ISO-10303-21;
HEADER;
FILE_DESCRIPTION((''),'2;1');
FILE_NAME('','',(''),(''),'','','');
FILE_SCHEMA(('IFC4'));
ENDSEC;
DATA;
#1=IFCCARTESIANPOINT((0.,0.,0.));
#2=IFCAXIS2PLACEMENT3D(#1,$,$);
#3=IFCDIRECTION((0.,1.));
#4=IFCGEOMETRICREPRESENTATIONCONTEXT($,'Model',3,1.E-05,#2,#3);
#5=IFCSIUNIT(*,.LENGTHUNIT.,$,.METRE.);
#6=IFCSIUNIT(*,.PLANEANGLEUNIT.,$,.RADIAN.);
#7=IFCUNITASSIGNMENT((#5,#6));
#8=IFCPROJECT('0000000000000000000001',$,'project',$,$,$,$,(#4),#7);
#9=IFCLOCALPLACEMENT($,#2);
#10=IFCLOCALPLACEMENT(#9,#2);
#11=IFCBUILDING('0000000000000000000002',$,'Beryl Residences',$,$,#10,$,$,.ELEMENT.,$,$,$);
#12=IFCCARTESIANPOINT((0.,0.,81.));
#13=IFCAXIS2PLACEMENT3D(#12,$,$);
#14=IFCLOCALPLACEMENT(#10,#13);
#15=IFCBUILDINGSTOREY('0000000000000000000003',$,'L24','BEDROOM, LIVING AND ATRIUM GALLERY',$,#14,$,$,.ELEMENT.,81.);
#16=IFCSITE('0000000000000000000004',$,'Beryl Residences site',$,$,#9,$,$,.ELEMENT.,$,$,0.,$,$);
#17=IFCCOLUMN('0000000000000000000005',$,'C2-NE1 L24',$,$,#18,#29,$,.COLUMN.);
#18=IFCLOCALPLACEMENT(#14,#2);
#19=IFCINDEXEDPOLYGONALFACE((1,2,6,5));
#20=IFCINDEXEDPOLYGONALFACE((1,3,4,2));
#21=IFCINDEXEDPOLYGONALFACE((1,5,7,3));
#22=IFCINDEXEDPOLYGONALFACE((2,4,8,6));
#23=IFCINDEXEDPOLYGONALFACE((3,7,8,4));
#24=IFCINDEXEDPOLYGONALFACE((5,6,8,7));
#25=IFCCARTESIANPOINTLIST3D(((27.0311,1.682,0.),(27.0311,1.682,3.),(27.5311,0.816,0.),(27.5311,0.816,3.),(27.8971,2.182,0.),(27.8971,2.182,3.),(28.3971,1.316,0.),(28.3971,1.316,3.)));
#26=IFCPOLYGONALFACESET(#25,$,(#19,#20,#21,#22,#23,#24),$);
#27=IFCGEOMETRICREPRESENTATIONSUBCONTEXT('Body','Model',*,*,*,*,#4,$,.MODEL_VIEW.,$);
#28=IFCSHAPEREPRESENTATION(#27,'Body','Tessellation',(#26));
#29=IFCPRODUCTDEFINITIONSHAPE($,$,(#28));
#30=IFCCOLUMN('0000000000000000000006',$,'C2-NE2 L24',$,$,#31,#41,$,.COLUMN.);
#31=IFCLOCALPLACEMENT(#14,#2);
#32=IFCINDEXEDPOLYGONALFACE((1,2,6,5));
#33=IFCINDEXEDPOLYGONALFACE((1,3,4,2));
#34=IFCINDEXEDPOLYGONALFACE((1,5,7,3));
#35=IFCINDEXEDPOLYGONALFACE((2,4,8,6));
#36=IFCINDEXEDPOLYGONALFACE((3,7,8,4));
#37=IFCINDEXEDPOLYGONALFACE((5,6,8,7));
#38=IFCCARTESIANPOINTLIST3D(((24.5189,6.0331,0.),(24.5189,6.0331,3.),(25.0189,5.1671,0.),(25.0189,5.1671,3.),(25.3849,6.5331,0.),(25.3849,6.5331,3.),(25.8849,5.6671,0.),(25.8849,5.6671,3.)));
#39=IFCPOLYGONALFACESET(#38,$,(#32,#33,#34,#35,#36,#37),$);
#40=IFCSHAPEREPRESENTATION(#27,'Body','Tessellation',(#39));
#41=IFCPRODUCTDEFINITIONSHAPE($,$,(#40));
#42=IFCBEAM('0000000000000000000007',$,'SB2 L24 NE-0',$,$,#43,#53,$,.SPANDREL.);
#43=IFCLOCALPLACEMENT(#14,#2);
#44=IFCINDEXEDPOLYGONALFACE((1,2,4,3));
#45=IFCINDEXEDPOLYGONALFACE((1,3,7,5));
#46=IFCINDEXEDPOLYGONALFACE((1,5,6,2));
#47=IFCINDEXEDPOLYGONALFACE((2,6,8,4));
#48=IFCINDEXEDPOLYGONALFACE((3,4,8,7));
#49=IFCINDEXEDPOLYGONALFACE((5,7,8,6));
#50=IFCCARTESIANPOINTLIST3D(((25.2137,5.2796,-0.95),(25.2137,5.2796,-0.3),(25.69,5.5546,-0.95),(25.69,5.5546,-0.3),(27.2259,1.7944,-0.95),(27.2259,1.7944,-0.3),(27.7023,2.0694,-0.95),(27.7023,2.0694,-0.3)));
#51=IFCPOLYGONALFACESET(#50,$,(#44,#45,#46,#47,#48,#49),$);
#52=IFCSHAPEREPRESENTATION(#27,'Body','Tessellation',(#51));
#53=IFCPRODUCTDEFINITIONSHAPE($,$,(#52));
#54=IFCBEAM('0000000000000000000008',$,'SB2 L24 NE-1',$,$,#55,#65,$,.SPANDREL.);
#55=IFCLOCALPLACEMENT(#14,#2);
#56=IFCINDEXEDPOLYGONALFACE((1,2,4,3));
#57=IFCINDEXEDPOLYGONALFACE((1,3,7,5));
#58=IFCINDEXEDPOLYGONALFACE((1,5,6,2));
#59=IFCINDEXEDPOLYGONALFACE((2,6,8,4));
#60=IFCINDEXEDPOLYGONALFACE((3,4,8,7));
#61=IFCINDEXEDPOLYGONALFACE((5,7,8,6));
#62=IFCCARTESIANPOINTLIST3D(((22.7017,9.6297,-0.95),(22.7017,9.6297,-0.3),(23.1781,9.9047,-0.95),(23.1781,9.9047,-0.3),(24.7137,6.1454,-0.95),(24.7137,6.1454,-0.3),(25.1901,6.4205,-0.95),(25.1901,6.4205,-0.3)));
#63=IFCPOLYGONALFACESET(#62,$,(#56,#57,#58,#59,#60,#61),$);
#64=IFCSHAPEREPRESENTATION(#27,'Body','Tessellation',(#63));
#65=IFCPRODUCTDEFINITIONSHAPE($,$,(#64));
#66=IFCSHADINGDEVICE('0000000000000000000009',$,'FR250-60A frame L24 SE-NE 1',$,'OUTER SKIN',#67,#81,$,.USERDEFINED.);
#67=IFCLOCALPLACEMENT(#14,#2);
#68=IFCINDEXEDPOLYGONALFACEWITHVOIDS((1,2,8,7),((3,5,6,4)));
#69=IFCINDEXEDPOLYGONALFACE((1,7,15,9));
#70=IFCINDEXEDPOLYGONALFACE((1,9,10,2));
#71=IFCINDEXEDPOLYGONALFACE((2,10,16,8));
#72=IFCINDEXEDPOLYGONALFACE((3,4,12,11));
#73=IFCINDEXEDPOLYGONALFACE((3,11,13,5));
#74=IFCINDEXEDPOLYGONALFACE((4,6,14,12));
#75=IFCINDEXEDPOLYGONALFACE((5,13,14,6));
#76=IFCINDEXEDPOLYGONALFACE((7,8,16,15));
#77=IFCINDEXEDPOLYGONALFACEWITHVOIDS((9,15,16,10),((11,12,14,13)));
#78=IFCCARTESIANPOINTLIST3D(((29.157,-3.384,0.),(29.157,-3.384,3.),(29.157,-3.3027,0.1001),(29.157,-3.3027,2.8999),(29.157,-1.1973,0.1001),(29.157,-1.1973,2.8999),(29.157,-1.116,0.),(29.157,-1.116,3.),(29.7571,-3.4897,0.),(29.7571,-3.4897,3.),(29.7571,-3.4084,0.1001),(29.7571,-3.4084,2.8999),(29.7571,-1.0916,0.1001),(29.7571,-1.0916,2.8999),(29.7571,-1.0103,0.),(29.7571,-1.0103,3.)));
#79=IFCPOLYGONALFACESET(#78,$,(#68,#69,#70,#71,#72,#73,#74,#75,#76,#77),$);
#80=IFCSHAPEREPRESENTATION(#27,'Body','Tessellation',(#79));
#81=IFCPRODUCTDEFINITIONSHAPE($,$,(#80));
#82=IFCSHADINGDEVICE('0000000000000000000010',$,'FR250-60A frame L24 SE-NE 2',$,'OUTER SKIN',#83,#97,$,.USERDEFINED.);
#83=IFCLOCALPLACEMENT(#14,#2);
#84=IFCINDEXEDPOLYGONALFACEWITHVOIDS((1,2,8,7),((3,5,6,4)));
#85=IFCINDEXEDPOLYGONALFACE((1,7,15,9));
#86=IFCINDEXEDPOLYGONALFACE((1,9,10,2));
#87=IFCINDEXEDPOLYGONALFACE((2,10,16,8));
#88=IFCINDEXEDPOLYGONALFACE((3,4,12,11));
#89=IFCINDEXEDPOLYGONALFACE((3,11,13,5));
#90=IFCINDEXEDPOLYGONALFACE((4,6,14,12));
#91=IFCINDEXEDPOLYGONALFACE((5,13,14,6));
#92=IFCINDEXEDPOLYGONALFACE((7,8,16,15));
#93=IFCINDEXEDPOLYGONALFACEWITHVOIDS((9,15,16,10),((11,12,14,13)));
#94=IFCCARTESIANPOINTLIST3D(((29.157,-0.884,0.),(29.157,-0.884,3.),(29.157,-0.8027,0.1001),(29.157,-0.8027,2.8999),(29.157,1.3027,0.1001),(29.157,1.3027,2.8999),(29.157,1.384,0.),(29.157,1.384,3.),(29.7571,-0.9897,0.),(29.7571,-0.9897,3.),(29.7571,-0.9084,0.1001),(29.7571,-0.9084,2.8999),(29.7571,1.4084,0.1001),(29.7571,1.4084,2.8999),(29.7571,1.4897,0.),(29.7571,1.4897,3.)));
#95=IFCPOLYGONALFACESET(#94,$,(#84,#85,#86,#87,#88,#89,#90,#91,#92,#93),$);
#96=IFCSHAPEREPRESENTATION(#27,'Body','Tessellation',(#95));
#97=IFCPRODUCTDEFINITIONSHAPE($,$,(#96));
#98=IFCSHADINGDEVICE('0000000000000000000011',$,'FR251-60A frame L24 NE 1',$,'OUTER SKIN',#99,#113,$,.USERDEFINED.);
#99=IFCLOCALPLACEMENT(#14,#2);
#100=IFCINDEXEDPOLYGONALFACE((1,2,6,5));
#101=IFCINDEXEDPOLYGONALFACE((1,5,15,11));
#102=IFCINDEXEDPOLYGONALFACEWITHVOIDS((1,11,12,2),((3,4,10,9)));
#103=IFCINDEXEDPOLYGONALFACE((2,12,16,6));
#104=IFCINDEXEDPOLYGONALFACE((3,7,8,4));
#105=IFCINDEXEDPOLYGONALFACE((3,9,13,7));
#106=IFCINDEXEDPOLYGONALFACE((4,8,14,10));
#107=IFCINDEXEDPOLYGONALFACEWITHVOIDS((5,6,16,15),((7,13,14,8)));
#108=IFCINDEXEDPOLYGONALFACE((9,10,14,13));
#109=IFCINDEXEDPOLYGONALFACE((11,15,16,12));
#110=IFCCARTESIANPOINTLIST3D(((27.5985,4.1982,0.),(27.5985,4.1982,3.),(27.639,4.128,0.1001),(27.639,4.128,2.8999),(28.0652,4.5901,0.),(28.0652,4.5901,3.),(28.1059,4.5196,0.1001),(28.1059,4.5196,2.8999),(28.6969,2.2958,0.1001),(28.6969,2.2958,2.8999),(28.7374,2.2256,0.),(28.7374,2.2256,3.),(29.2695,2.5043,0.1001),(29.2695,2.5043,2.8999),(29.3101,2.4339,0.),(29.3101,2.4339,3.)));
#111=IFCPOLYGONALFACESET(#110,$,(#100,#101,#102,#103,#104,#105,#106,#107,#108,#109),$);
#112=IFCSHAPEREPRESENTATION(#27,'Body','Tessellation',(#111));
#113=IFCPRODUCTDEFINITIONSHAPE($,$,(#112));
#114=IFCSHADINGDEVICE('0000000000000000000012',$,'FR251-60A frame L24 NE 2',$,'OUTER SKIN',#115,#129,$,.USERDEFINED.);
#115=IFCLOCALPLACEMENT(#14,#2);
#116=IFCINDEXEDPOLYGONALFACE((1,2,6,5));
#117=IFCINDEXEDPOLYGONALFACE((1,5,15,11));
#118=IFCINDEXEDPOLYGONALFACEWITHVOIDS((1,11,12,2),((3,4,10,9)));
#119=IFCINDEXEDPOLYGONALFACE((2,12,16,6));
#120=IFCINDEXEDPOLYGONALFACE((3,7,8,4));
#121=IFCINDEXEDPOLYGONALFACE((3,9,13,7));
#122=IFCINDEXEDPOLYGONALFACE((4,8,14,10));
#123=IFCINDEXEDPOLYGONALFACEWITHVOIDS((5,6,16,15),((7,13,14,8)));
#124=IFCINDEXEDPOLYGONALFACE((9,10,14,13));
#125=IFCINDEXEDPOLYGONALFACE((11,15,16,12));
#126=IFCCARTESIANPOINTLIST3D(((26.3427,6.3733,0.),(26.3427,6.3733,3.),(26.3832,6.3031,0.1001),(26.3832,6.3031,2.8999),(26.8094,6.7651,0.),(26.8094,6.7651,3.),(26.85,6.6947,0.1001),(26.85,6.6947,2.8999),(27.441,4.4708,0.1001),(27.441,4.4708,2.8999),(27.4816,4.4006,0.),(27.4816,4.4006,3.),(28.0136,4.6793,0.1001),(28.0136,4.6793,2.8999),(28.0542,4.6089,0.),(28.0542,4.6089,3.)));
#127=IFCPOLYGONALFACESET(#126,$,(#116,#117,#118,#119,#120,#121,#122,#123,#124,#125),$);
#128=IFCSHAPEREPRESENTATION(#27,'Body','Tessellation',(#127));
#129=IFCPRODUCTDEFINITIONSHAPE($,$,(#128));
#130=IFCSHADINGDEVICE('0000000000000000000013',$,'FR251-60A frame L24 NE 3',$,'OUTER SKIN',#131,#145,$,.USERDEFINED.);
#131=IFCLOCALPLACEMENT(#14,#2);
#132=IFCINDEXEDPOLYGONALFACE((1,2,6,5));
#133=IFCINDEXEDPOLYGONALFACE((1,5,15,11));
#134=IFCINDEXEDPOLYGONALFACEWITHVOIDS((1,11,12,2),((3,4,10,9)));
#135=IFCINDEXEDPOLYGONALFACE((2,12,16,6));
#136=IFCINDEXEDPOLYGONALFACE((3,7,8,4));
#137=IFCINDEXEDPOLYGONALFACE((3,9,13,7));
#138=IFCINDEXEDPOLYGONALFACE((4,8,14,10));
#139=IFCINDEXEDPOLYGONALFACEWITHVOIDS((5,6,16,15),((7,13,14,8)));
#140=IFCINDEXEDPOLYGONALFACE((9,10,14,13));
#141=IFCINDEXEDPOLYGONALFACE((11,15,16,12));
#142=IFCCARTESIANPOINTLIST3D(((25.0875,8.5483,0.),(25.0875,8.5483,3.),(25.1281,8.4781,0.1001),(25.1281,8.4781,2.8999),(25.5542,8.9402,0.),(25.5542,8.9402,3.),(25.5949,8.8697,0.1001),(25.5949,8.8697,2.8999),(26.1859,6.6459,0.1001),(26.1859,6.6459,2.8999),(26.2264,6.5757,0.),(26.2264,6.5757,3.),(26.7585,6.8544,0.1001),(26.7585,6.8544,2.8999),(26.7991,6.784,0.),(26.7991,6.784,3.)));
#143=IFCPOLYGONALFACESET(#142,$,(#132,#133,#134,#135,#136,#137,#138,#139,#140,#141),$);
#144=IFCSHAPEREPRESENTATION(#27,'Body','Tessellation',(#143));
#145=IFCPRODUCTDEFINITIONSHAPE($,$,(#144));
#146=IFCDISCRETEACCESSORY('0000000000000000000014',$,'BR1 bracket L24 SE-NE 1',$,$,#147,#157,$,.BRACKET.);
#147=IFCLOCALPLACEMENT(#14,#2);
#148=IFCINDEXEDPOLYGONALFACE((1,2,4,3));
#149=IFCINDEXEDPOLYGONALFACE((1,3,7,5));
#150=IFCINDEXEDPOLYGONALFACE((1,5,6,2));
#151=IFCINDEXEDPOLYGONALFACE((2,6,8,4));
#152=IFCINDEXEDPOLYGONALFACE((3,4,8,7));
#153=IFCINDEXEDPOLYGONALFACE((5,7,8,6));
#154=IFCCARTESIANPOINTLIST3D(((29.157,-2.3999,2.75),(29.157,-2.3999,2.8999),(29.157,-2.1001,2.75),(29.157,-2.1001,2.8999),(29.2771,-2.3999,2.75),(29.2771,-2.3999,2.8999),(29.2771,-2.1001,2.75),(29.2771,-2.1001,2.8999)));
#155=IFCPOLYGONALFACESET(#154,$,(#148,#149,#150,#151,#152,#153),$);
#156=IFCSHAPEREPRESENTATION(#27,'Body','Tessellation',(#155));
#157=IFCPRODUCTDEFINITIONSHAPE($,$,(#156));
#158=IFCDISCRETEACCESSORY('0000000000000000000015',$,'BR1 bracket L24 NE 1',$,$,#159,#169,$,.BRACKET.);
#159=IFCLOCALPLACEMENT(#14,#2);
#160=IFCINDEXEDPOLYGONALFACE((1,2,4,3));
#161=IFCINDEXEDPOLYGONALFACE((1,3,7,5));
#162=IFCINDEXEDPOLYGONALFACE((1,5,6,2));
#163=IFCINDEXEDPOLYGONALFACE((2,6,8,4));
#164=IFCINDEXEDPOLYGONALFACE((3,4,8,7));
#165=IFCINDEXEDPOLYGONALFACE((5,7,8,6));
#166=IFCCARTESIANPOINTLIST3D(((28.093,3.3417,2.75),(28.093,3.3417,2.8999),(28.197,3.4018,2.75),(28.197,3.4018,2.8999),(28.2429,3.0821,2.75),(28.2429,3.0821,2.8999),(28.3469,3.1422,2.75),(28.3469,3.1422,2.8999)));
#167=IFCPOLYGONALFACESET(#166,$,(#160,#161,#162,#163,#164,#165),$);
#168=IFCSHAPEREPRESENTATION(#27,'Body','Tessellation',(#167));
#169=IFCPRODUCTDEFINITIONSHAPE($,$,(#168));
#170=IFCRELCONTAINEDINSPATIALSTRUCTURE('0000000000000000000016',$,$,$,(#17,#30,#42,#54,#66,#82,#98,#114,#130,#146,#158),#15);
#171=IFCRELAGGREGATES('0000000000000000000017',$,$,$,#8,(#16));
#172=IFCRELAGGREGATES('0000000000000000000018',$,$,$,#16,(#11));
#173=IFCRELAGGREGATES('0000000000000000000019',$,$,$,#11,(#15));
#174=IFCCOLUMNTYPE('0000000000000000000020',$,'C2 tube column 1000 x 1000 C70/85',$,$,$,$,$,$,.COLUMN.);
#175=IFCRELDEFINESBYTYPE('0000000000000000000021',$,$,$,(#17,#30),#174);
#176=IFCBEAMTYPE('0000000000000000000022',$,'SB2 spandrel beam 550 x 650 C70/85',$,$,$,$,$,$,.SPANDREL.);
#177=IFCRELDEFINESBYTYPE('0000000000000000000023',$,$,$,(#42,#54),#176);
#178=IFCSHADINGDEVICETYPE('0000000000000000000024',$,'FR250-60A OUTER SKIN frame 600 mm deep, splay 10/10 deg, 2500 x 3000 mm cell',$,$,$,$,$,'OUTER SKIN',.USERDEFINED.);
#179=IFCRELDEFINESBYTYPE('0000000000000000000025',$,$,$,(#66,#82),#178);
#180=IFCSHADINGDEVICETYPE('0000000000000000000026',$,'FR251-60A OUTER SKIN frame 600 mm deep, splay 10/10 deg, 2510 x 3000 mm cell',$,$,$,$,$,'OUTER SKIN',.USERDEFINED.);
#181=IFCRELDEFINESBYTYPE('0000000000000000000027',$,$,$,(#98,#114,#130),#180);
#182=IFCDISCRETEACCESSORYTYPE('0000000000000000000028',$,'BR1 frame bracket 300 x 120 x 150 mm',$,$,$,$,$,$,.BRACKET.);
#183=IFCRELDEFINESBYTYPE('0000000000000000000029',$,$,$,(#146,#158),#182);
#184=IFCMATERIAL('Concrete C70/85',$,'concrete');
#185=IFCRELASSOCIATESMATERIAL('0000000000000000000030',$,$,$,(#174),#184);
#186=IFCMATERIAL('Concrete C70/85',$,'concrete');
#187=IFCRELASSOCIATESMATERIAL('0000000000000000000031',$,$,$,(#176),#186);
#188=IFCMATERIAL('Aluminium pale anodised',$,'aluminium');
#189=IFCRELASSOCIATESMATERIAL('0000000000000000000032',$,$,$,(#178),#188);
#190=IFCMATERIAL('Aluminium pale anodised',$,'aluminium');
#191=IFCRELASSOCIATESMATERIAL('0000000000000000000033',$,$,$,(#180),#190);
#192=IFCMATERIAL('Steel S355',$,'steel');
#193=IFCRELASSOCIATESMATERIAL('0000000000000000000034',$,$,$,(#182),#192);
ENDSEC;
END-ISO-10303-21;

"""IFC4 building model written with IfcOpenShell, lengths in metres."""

from ifc_helpers import new_model, entity, si_unit, direction, frame, origin, origin_2d, place, context, subcontext, project, spatial, polyline, rectangle, outline, extrude, source, transform, mapped, material, material_profile, profile_set, type_object, type_shapes, element, save


model = new_model("IFC4")

# Units and contexts
model_context = context("Model", 3, precision=1e-05, world=origin(), true_north=direction((0.0, 1.0)))
body_context = subcontext(model_context, "Body", "Model", "MODEL_VIEW")
ifc_project = project(units=[si_unit("LENGTHUNIT", "METRE"), si_unit("PLANEANGLEUNIT", "RADIAN")], contexts=[model_context])

# Site, building, storey
site_placement = place(None, origin())
site = spatial("IfcSite", under=ifc_project, at=site_placement, Name="Beryl Residences site", CompositionType="ELEMENT", RefElevation=0.0)
building_placement = place(site_placement, origin())
building = spatial("IfcBuilding", under=site, at=building_placement, Name="Beryl Residences", CompositionType="ELEMENT")
storey_placement = place(building_placement, frame((0.0, 0.0, 81.0)))
storey = spatial("IfcBuildingStorey", under=building, at=storey_placement, Name="L24", Description="BEDROOM, LIVING AND ATRIUM GALLERY", CompositionType="ELEMENT", Elevation=81.0)

# Columns
ifc_material_1 = material(Name="Concrete C70/85", Category="concrete")
ifc_material_profile_1 = material_profile(ifc_material_1, rectangle(XDim=1.0, YDim=1.0, at=origin_2d()))
ifc_profile_set_1 = profile_set([ifc_material_profile_1], Name="Concrete C70/85")
column_type = type_object("IfcColumnType", Name="C2 tube column 1000 x 1000 C70/85", PredefinedType="COLUMN", material=ifc_profile_set_1)
for number, where, z_axis, x_axis, name in (
    (1, (27.7141, 1.499, 0.0), (0.0, 0.0, 1.0), (-0.5, 0.866025, 0.0), "C2-NE1 L24"),
    (2, (25.2019, 5.8501, 0.0), (0.0, 0.0, 1.0), (-0.5, 0.866025, 0.0), "C2-NE2 L24"),
):
    element("IfcColumn", number, at=place(storey_placement, frame(where, z_axis=z_axis, x_axis=x_axis)), inside=storey, type_object=column_type, Name=name, PredefinedType="COLUMN", context=body_context, shape_type="SweptSolid", body=[
        extrude(rectangle(XDim=1.0, YDim=1.0, at=origin_2d()), origin(), (0.0, 0.0, 1.0), 3.0),
    ])

# Beams
ifc_material_2 = material(Name="Concrete C70/85", Category="concrete")
ifc_material_profile_2 = material_profile(ifc_material_2, rectangle(XDim=0.55, YDim=0.6499, at=origin_2d()))
ifc_profile_set_2 = profile_set([ifc_material_profile_2], Name="Concrete C70/85")
beam_type = type_object("IfcBeamType", Name="SB2 spandrel beam 550 x 650 C70/85", PredefinedType="SPANDREL", material=ifc_profile_set_2)
beam_1_placement = place(storey_placement, frame((27.4641, 1.9319, -0.625), z_axis=(-0.500015, 0.866017, 0.0), x_axis=(-0.866017, -0.500015, 0.0)))
element("IfcBeam", 3, at=beam_1_placement, inside=storey, type_object=beam_type, Name="SB2 L24 NE-0", PredefinedType="SPANDREL", context=body_context, shape_type="SweptSolid", body=[
    extrude(rectangle(XDim=0.55, YDim=0.6499, at=origin_2d()), origin(), (0.0, 0.0, 1.0), 4.0244),
])
beam_2_placement = place(storey_placement, frame((24.9519, 6.283, -0.625), z_axis=(-0.500074, 0.865982, 0.0), x_axis=(-0.865982, -0.500074, 0.0)))
element("IfcBeam", 4, at=beam_2_placement, inside=storey, type_object=beam_type, Name="SB2 L24 NE-1", PredefinedType="SPANDREL", context=body_context, shape_type="SweptSolid", body=[
    extrude(rectangle(XDim=0.55, YDim=0.6499, at=origin_2d()), origin(), (0.0, 0.0, 1.0), 4.0234),
])

# Shading devices
ifc_material_3 = material(Name="Aluminium pale anodised", Category="aluminium")
shading_device_type_1 = type_object("IfcShadingDeviceType", Name="FR250-60A OUTER SKIN frame 600 mm deep, splay 10/10 deg, 2500 x 3000 mm cell", ElementType="OUTER SKIN", PredefinedType="USERDEFINED", material=ifc_material_3)
cartesian_point_1 = entity("IfcCartesianPoint", [-1.134, 0.0])
cartesian_point_2 = entity("IfcCartesianPoint", [-1.0527, 0.1001])
cartesian_point_3 = entity("IfcCartesianPoint", [-1.2397, 0.0])
cartesian_point_4 = entity("IfcCartesianPoint", [-1.1584, 0.1001])
shared_shape_1 = source(origin(), body_context, "Body", "SweptSolid", [
    entity("IfcExtrudedAreaSolidTapered", entity("IfcArbitraryProfileDefWithVoids", "AREA", None, entity("IfcPolyline", [cartesian_point_1, entity("IfcCartesianPoint", [1.134, 0.0]), entity("IfcCartesianPoint", [1.134, 3.0]), entity("IfcCartesianPoint", [-1.134, 3.0]), cartesian_point_1]), [entity("IfcPolyline", [cartesian_point_2, entity("IfcCartesianPoint", [1.0527, 0.1001]), entity("IfcCartesianPoint", [1.0527, 2.8999]), entity("IfcCartesianPoint", [-1.0527, 2.8999]), cartesian_point_2])]), entity("IfcAxis2Placement3D", entity("IfcCartesianPoint", [0.0, 0.0, 0.0]), entity("IfcDirection", [0.0, 1.0, 0.0]), entity("IfcDirection", [-1.0, 0.0, 0.0])), entity("IfcDirection", [0.0, 0.0, 1.0]), 0.6001, entity("IfcArbitraryProfileDefWithVoids", "AREA", None, entity("IfcPolyline", [cartesian_point_3, entity("IfcCartesianPoint", [1.2397, 0.0]), entity("IfcCartesianPoint", [1.2397, 3.0]), entity("IfcCartesianPoint", [-1.2397, 3.0]), cartesian_point_3]), [entity("IfcPolyline", [cartesian_point_4, entity("IfcCartesianPoint", [1.1584, 0.1001]), entity("IfcCartesianPoint", [1.1584, 2.8999]), entity("IfcCartesianPoint", [-1.1584, 2.8999]), cartesian_point_4])])),
])
type_shapes(shading_device_type_1, [shared_shape_1])
for number, where, z_axis, x_axis, name in (
    (5, (29.157, -2.25, 0.0), (0.0, 0.0, 1.0), (0.0, -1.0, 0.0), "FR250-60A frame L24 SE-NE 1"),
    (6, (29.157, 0.25, 0.0), (0.0, 0.0, 1.0), (0.0, -1.0, 0.0), "FR250-60A frame L24 SE-NE 2"),
):
    element("IfcShadingDevice", number, at=place(storey_placement, frame(where, z_axis=z_axis, x_axis=x_axis)), inside=storey, type_object=shading_device_type_1, Name=name, ObjectType="OUTER SKIN", PredefinedType="USERDEFINED", context=body_context, shape_type="MappedRepresentation", body=[
        mapped(shared_shape_1, transform((0.0, 0.0, 0.0))),
    ])
ifc_material_4 = material(Name="Aluminium pale anodised", Category="aluminium")
shading_device_type_2 = type_object("IfcShadingDeviceType", Name="FR251-60A OUTER SKIN frame 600 mm deep, splay 10/10 deg, 2510 x 3000 mm cell", ElementType="OUTER SKIN", PredefinedType="USERDEFINED", material=ifc_material_4)
cartesian_point_5 = entity("IfcCartesianPoint", [-1.1389, 0.0])
cartesian_point_6 = entity("IfcCartesianPoint", [-1.0579, 0.1001])
cartesian_point_7 = entity("IfcCartesianPoint", [-1.2449, 0.0])
cartesian_point_8 = entity("IfcCartesianPoint", [-1.1636, 0.1001])
shared_shape_2 = source(origin(), body_context, "Body", "SweptSolid", [
    entity("IfcExtrudedAreaSolidTapered", entity("IfcArbitraryProfileDefWithVoids", "AREA", None, entity("IfcPolyline", [cartesian_point_5, entity("IfcCartesianPoint", [1.1389, 0.0]), entity("IfcCartesianPoint", [1.1389, 3.0]), entity("IfcCartesianPoint", [-1.1389, 3.0]), cartesian_point_5]), [entity("IfcPolyline", [cartesian_point_6, entity("IfcCartesianPoint", [1.0579, 0.1001]), entity("IfcCartesianPoint", [1.0579, 2.8999]), entity("IfcCartesianPoint", [-1.0579, 2.8999]), cartesian_point_6])]), entity("IfcAxis2Placement3D", entity("IfcCartesianPoint", [0.0, 0.0, 0.0]), entity("IfcDirection", [0.0, 1.0, 0.0]), entity("IfcDirection", [-1.0, 0.0, 0.0])), entity("IfcDirection", [0.0, 0.0, 1.0]), 0.6001, entity("IfcArbitraryProfileDefWithVoids", "AREA", None, entity("IfcPolyline", [cartesian_point_7, entity("IfcCartesianPoint", [1.2449, 0.0]), entity("IfcCartesianPoint", [1.2449, 3.0]), entity("IfcCartesianPoint", [-1.2449, 3.0]), cartesian_point_7]), [entity("IfcPolyline", [cartesian_point_8, entity("IfcCartesianPoint", [1.1636, 0.1001]), entity("IfcCartesianPoint", [1.1636, 2.8999]), entity("IfcCartesianPoint", [-1.1636, 2.8999]), cartesian_point_8])])),
])
type_shapes(shading_device_type_2, [shared_shape_2])
for number, where, z_axis, x_axis, name in (
    (7, (28.168, 3.2119, 0.0), (0.0, 0.0, 1.0), (0.5, -0.866025, 0.0), "FR251-60A frame L24 NE 1"),
    (8, (26.9121, 5.387, 0.0), (0.0, 0.0, 1.0), (0.5, -0.866025, 0.0), "FR251-60A frame L24 NE 2"),
    (9, (25.657, 7.562, 0.0), (0.0, 0.0, 1.0), (0.5, -0.866025, 0.0), "FR251-60A frame L24 NE 3"),
):
    element("IfcShadingDevice", number, at=place(storey_placement, frame(where, z_axis=z_axis, x_axis=x_axis)), inside=storey, type_object=shading_device_type_2, Name=name, ObjectType="OUTER SKIN", PredefinedType="USERDEFINED", context=body_context, shape_type="MappedRepresentation", body=[
        mapped(shared_shape_2, transform((0.0, 0.0, 0.0))),
    ])

# Discrete accessories
ifc_material_5 = material(Name="Steel S355", Category="steel")
discrete_accessory_type = type_object("IfcDiscreteAccessoryType", Name="BR1 frame bracket 300 x 120 x 150 mm", PredefinedType="BRACKET", material=ifc_material_5)
shared_shape_3 = source(origin(), body_context, "Body", "SweptSolid", [
    extrude(outline(polyline([(-0.1499, 0.0), (0.1499, 0.0), (0.1499, 0.1201), (-0.1499, 0.1201), (-0.1499, 0.0)])), origin(), (0.0, 0.0, 1.0), 0.1499),
])
type_shapes(discrete_accessory_type, [shared_shape_3])
for number, where, z_axis, x_axis, name in (
    (10, (29.157, -2.25, 2.75), (0.0, 0.0, 1.0), (0.0, -1.0, 0.0), "BR1 bracket L24 SE-NE 1"),
    (11, (28.168, 3.2119, 2.75), (0.0, 0.0, 1.0), (0.5, -0.866025, 0.0), "BR1 bracket L24 NE 1"),
):
    element("IfcDiscreteAccessory", number, at=place(storey_placement, frame(where, z_axis=z_axis, x_axis=x_axis)), inside=storey, type_object=discrete_accessory_type, Name=name, PredefinedType="BRACKET", context=body_context, shape_type="MappedRepresentation", body=[
        mapped(shared_shape_3, transform((0.0, 0.0, 0.0))),
    ])

save(model, "model.ifc")
